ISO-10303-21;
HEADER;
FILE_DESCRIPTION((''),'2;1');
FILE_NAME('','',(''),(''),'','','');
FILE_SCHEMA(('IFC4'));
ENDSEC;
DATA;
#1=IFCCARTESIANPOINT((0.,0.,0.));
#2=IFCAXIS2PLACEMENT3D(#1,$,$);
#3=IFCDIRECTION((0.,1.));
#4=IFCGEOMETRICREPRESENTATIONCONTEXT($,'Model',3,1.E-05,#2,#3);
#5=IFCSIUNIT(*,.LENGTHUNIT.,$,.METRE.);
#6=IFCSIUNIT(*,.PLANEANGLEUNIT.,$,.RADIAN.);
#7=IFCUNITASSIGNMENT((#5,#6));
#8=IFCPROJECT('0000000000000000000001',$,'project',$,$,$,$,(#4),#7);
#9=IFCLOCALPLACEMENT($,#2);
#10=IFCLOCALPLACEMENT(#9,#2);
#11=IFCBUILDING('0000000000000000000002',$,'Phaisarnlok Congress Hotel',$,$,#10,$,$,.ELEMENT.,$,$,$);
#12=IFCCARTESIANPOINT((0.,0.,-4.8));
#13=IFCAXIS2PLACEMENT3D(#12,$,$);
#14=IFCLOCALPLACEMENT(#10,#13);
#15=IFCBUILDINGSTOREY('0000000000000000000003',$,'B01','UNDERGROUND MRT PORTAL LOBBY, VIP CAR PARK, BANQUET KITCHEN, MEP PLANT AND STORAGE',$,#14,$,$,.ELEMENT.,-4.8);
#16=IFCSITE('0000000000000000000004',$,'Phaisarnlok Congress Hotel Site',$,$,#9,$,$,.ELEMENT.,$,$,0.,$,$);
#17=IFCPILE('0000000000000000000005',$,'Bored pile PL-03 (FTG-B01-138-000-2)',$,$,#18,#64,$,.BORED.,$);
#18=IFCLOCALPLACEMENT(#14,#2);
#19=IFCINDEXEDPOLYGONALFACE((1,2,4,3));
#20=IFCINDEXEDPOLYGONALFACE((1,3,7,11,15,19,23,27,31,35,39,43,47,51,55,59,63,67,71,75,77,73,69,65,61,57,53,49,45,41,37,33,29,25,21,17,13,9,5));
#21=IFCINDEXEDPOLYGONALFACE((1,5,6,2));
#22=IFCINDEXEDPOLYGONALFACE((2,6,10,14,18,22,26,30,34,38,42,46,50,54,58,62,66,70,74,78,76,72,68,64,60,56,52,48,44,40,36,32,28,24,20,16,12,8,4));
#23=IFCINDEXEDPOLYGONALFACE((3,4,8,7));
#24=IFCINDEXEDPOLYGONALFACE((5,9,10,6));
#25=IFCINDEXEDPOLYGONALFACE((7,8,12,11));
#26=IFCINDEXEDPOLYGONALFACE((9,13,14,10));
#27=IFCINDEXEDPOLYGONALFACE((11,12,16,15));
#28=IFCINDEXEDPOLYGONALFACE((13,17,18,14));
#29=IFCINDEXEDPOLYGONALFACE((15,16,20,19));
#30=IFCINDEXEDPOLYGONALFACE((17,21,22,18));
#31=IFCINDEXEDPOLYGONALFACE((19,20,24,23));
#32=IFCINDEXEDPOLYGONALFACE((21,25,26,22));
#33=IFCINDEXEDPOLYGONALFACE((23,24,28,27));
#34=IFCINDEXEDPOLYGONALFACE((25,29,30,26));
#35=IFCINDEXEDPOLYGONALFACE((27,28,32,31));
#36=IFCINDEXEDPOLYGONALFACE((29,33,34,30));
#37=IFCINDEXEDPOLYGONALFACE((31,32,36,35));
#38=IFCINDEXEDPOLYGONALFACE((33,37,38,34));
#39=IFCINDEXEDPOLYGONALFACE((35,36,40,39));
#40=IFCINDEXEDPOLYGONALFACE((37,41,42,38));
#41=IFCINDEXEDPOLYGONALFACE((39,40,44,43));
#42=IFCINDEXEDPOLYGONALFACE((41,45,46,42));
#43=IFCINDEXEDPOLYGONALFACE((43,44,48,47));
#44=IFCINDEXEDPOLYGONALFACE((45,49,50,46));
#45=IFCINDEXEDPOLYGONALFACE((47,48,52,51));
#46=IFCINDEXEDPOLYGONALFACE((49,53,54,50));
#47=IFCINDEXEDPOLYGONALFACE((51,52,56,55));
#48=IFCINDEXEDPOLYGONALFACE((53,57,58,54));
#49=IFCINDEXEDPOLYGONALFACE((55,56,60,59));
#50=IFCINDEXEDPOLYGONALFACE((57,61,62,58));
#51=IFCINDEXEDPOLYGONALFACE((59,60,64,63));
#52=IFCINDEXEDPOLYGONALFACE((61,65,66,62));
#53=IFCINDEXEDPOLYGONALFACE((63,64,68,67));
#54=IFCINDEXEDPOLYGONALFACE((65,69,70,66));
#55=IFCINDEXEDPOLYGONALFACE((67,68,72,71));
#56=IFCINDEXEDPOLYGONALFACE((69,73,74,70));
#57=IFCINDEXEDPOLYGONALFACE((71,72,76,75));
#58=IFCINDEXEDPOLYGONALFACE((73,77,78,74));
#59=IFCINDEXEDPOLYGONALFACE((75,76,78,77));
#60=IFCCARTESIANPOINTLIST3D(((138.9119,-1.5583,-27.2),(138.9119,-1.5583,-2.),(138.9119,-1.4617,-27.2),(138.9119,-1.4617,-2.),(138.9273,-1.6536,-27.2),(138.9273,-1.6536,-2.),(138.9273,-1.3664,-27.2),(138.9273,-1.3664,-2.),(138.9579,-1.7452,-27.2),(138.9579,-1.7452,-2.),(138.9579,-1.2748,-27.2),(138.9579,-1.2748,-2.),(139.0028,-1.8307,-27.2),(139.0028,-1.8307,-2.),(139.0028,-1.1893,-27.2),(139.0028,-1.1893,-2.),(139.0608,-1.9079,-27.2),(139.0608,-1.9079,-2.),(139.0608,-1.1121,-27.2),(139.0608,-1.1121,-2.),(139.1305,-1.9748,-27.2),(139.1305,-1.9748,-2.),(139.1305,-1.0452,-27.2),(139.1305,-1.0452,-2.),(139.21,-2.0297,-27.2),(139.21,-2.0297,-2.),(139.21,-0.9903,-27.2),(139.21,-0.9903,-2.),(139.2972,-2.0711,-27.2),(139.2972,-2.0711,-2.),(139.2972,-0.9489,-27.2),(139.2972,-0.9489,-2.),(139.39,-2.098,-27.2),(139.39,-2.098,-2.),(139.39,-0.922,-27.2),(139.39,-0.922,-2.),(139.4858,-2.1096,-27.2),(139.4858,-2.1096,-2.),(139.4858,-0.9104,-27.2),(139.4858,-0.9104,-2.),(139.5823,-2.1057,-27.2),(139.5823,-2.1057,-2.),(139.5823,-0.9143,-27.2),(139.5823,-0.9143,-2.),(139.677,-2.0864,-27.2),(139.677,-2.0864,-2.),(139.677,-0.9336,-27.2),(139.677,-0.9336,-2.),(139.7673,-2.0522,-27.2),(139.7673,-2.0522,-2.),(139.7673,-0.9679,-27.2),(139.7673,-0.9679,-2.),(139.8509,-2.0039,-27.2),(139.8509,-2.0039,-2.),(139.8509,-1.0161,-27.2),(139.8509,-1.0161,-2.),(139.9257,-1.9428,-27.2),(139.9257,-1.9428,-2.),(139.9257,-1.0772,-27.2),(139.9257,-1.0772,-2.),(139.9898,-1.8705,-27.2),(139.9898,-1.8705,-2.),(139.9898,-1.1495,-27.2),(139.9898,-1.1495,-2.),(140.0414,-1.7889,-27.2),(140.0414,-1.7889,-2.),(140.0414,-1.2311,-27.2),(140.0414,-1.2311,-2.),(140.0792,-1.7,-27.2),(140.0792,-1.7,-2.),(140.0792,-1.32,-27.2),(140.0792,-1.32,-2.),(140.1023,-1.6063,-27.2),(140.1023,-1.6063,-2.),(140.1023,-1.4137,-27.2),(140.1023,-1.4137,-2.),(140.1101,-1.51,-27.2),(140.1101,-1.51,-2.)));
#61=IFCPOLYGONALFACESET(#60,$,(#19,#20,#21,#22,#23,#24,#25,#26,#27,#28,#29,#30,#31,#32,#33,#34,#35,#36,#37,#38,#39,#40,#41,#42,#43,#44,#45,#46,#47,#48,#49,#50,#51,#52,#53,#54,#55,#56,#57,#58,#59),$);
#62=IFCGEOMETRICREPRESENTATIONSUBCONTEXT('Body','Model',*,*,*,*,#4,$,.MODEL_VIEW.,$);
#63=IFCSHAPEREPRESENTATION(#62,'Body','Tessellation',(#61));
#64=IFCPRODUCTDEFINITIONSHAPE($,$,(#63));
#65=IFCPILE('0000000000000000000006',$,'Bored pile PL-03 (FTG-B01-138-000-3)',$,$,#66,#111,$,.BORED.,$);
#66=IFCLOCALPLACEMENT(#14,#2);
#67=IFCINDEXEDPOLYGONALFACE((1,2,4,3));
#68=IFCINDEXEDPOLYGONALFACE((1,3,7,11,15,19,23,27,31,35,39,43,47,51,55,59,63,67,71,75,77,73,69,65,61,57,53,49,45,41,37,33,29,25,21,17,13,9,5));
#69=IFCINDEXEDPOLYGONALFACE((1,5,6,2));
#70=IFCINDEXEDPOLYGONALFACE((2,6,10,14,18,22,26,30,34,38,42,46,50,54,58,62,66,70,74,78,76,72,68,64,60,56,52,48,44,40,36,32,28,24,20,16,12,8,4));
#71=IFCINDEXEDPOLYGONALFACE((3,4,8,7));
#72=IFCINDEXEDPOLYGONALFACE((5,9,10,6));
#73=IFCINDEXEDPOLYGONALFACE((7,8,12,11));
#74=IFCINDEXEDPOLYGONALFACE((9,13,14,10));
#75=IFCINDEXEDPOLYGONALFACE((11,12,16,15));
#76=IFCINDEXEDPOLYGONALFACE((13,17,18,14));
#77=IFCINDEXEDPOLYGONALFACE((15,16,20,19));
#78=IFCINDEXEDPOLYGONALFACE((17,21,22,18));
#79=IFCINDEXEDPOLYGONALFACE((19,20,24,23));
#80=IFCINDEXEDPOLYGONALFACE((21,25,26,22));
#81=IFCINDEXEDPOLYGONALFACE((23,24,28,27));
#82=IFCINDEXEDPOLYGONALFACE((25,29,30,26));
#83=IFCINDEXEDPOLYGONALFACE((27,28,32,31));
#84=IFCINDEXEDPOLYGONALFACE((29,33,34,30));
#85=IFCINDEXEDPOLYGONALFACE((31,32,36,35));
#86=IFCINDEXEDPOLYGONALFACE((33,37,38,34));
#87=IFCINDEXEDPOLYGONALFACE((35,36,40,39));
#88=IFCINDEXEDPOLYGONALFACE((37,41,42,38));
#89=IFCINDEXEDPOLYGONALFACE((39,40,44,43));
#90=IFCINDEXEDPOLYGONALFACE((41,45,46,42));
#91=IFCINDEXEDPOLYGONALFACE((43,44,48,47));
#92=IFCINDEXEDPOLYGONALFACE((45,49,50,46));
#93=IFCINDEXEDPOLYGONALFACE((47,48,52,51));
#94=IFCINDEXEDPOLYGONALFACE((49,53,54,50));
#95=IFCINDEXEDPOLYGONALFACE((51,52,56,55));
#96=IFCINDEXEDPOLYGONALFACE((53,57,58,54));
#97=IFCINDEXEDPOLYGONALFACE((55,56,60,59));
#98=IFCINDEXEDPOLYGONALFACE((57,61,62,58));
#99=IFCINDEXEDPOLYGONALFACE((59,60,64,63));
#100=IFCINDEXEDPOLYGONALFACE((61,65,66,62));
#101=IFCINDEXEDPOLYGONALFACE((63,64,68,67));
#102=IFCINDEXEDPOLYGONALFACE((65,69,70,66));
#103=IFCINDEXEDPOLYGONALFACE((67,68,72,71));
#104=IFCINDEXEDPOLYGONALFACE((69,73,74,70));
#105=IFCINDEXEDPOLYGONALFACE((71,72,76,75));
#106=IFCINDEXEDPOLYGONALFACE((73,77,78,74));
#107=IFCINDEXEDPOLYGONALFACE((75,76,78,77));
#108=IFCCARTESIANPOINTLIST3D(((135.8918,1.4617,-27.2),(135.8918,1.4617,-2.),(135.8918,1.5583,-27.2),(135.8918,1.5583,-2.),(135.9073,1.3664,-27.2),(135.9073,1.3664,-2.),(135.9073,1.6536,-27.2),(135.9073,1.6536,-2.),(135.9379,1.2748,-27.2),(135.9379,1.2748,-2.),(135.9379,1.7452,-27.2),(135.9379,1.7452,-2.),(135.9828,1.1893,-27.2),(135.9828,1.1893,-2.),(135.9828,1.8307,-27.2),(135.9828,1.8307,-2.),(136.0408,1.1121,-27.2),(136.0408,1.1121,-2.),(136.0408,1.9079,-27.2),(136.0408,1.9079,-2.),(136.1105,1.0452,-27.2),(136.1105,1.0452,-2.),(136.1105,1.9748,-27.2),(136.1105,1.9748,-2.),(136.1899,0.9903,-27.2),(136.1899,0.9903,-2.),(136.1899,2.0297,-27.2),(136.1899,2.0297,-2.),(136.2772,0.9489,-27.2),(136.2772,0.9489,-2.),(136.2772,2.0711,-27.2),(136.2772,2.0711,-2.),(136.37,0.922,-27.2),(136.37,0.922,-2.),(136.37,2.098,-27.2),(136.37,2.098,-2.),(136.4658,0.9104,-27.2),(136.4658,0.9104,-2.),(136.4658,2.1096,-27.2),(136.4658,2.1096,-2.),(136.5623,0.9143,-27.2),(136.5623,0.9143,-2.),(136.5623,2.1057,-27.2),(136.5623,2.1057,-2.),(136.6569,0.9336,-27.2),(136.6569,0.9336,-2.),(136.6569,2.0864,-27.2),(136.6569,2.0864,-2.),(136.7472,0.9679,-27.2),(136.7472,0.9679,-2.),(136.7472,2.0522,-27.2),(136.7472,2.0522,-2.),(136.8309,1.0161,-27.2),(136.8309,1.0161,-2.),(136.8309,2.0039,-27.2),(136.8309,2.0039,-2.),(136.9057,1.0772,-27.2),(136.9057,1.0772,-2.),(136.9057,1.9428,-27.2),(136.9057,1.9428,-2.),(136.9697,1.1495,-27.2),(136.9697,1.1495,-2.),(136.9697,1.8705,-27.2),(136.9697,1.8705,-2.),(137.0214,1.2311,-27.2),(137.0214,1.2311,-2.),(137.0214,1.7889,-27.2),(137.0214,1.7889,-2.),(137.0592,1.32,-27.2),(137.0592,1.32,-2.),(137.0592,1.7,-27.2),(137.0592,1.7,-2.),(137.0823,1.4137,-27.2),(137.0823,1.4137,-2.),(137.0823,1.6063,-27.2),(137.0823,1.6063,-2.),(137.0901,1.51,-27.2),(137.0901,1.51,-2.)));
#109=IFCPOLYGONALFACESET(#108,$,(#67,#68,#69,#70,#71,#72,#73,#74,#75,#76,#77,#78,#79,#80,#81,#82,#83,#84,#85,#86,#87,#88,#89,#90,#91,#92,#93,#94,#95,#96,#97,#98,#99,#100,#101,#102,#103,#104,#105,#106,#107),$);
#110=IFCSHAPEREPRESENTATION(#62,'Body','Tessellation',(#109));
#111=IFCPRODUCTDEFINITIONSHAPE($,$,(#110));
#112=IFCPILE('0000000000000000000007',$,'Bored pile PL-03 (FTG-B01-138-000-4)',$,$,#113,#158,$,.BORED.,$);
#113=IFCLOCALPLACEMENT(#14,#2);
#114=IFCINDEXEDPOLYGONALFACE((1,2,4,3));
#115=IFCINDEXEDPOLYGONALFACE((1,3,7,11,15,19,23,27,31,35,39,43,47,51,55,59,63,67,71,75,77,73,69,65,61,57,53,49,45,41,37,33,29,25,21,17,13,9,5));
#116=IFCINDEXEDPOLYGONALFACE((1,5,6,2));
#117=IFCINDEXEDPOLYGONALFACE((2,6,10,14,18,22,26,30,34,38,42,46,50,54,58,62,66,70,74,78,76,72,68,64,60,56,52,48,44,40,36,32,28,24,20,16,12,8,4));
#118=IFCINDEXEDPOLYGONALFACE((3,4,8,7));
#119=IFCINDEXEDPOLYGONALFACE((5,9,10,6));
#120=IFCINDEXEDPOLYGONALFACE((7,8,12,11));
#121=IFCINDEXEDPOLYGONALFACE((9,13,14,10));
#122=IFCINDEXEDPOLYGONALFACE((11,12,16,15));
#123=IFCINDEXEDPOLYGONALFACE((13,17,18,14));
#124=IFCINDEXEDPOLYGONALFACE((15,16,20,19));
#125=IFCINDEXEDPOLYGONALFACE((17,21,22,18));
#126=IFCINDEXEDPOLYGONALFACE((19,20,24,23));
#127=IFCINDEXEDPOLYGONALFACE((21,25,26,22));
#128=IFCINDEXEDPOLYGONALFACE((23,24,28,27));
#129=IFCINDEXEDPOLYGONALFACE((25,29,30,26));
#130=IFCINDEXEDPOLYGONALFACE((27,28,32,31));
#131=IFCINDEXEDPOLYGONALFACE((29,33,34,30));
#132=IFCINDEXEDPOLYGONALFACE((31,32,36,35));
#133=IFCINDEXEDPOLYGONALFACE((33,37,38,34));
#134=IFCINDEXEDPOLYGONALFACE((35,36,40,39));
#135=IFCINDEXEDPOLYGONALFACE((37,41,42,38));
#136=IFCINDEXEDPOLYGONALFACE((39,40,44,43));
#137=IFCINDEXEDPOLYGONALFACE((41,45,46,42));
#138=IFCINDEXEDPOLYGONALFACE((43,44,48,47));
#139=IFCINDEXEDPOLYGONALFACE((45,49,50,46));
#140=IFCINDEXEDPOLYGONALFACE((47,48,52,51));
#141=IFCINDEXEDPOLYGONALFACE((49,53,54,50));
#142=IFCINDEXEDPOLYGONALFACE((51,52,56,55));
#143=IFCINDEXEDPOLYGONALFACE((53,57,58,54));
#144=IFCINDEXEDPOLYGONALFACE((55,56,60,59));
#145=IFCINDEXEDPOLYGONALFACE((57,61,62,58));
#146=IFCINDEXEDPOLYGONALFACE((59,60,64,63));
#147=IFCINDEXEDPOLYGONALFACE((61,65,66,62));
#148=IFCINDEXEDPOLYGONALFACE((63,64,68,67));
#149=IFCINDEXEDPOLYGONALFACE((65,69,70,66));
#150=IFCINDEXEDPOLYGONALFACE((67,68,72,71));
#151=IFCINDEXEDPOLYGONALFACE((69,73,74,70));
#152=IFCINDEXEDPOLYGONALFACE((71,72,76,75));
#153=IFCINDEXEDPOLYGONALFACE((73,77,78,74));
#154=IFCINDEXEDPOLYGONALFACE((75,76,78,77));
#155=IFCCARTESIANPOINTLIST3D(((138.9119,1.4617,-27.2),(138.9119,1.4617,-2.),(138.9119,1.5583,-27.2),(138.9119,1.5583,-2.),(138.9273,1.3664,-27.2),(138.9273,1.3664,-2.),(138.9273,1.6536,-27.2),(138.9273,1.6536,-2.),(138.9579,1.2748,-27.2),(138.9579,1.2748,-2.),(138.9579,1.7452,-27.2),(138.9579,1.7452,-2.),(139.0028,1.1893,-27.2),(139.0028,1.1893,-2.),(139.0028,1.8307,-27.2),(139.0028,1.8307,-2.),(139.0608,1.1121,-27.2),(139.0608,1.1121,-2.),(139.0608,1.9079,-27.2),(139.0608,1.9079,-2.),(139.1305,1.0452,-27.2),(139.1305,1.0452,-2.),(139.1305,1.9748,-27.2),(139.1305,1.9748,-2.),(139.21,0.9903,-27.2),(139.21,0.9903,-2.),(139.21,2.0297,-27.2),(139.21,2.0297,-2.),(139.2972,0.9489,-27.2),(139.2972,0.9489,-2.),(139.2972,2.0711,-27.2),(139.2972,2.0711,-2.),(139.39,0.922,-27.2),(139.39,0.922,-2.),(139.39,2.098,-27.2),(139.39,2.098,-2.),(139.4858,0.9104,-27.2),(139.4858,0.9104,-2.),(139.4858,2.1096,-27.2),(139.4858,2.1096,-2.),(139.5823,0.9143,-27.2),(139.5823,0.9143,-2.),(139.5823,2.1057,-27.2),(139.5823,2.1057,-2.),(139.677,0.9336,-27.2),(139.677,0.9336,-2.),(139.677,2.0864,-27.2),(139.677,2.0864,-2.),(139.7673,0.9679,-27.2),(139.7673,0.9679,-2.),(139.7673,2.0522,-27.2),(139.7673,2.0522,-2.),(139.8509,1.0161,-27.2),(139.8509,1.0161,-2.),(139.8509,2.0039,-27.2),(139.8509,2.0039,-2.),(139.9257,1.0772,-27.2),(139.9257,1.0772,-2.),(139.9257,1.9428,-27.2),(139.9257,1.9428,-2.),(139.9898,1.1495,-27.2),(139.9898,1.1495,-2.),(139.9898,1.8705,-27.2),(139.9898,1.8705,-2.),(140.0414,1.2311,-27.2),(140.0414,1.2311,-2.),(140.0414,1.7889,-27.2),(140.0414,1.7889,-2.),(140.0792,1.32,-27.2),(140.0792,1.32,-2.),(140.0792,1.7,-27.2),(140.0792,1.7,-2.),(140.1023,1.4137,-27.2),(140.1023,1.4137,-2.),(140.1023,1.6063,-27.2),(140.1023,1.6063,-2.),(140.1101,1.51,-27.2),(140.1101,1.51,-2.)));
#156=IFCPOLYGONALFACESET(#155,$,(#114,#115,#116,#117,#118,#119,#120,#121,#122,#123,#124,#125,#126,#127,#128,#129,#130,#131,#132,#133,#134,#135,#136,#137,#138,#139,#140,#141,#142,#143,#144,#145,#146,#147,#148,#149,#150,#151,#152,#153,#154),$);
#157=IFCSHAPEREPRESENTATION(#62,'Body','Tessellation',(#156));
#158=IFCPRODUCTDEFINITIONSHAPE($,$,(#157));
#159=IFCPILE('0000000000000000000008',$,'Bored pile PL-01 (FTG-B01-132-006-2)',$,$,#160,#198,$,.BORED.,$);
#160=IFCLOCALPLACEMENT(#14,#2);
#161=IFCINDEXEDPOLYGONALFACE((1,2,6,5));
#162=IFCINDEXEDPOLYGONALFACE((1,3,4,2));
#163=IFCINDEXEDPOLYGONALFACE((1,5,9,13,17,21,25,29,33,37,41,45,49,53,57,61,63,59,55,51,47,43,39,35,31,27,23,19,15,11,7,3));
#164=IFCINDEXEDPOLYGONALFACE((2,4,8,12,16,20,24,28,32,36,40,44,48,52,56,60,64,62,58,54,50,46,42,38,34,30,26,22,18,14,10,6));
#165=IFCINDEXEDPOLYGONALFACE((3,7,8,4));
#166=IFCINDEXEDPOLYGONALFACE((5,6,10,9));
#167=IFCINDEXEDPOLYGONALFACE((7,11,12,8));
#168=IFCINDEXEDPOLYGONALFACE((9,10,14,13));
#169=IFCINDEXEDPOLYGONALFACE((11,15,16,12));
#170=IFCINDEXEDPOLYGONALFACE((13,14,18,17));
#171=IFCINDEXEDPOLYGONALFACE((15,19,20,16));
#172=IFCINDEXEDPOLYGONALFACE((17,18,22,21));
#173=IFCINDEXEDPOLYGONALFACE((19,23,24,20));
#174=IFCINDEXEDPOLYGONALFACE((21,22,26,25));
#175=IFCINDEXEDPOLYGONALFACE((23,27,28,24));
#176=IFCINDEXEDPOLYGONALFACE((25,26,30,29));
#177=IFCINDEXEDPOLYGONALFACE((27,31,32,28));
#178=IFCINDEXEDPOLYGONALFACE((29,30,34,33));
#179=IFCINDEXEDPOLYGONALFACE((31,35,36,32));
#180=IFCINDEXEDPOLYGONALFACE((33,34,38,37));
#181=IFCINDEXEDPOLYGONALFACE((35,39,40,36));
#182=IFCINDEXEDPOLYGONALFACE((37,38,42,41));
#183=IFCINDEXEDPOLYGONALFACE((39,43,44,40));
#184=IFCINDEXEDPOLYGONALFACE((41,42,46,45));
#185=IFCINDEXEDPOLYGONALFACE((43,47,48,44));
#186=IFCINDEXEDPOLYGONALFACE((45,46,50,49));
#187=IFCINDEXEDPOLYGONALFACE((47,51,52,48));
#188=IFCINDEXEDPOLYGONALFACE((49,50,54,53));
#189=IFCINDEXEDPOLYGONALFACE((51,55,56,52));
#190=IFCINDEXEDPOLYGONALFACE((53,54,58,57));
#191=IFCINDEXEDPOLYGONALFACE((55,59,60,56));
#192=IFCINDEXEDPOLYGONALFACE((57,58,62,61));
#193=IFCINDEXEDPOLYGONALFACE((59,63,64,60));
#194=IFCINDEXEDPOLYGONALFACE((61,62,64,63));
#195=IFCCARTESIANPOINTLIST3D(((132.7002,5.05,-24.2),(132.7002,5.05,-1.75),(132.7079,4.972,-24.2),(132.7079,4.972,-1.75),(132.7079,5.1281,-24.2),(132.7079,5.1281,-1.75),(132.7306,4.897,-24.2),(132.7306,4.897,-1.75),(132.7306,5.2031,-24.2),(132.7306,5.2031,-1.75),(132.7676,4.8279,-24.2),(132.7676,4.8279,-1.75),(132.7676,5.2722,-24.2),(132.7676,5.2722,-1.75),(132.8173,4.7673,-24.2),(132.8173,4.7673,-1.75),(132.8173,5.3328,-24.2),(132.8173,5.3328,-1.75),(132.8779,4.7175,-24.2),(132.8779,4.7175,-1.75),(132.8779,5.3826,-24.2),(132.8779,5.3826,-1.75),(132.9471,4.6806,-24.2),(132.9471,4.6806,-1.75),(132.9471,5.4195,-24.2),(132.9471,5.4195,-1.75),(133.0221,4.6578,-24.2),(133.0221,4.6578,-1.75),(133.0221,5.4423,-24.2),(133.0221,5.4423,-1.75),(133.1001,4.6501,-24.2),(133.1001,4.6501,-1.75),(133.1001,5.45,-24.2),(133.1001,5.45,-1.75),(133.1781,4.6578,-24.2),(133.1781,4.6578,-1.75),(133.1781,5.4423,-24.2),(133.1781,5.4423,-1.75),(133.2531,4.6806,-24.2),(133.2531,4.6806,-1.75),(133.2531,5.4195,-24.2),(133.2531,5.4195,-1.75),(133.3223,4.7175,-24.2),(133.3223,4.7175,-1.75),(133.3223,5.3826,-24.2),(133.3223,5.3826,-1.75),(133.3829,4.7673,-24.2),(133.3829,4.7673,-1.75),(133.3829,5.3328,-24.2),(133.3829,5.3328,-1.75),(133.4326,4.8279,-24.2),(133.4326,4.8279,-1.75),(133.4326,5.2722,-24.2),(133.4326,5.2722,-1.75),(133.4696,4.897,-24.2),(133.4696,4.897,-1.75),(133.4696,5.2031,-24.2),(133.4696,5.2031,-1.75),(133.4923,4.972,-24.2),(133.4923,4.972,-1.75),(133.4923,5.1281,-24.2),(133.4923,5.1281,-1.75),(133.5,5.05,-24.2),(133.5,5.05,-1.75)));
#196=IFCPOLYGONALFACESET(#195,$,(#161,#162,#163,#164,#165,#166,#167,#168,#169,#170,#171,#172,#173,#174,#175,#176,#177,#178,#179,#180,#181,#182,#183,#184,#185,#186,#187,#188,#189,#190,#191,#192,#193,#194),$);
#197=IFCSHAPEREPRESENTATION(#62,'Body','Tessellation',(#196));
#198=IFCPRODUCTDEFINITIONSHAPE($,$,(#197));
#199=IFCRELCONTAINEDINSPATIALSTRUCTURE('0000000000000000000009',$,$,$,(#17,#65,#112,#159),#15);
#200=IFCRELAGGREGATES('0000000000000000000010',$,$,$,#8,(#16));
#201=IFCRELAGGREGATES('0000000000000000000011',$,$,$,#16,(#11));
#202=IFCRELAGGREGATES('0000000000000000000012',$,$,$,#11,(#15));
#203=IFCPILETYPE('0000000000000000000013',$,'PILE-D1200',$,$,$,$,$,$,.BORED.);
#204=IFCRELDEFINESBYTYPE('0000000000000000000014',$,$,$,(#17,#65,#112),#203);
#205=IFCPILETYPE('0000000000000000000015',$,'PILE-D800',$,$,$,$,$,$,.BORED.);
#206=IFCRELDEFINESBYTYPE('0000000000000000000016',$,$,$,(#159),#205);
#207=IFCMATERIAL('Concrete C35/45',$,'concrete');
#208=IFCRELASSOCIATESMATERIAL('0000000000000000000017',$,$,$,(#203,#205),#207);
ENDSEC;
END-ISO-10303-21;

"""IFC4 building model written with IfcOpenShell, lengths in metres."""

from ifc_helpers import new_model, si_unit, direction, frame, origin, origin_2d, place, context, subcontext, project, spatial, circle, extrude, material, material_profile, profile_set, type_object, element, save


model = new_model("IFC4")

# Units and contexts
model_context = context("Model", 3, precision=1e-05, world=origin(), true_north=direction((0.0, 1.0)))
body_context = subcontext(model_context, "Body", "Model", "MODEL_VIEW")
ifc_project = project(units=[si_unit("LENGTHUNIT", "METRE"), si_unit("PLANEANGLEUNIT", "RADIAN")], contexts=[model_context])

# Site, building, storey
site_placement = place(None, origin())
site = spatial("IfcSite", under=ifc_project, at=site_placement, Name="Phaisarnlok Congress Hotel Site", CompositionType="ELEMENT", RefElevation=0.0)
building_placement = place(site_placement, origin())
building = spatial("IfcBuilding", under=site, at=building_placement, Name="Phaisarnlok Congress Hotel", CompositionType="ELEMENT")
storey_placement = place(building_placement, frame((0.0, 0.0, -4.8)))
storey = spatial("IfcBuildingStorey", under=building, at=storey_placement, Name="B01", Description="UNDERGROUND MRT PORTAL LOBBY, VIP CAR PARK, BANQUET KITCHEN, MEP PLANT AND STORAGE", CompositionType="ELEMENT", Elevation=-4.8)

# Piles
ifc_material_1 = material(Name="Concrete C35/45", Category="concrete")
ifc_material_profile_1 = material_profile(ifc_material_1, circle(Radius=0.6001, at=origin_2d()), Name="BORED PILE D1200")
ifc_profile_set_1 = profile_set([ifc_material_profile_1], Name="Concrete C35/45")
pile_type_1 = type_object("IfcPileType", Name="PILE-D1200", PredefinedType="BORED", material=ifc_profile_set_1)
for number, where, z_axis, x_axis, name in (
    (1, (139.51, -1.51, -2.0), (0.0, 0.0, -1.0), (1.0, 0.0, 0.0), "Bored pile PL-03 (FTG-B01-138-000-2)"),
    (2, (136.49, 1.51, -2.0), (0.0, 0.0, -1.0), (1.0, 0.0, 0.0), "Bored pile PL-03 (FTG-B01-138-000-3)"),
    (3, (139.51, 1.51, -2.0), (0.0, 0.0, -1.0), (1.0, 0.0, 0.0), "Bored pile PL-03 (FTG-B01-138-000-4)"),
):
    element("IfcPile", number, at=place(storey_placement, frame(where, z_axis=z_axis, x_axis=x_axis)), inside=storey, type_object=pile_type_1, Name=name, PredefinedType="BORED", context=body_context, shape_type="SweptSolid", body=[
        extrude(circle(Radius=0.6001, at=origin_2d()), origin(), (0.0, 0.0, 1.0), 25.2),
    ])
ifc_material_profile_2 = material_profile(ifc_material_1, circle(Radius=0.3999, at=origin_2d()), Name="BORED PILE D800")
ifc_profile_set_2 = profile_set([ifc_material_profile_2], Name="Concrete C35/45")
pile_type_2 = type_object("IfcPileType", Name="PILE-D800", PredefinedType="BORED", material=ifc_profile_set_2)
pile_1_placement = place(storey_placement, frame((133.1001, 5.05, -1.75), z_axis=(0.0, 0.0, -1.0), x_axis=(1.0, 0.0, 0.0)))
element("IfcPile", 4, at=pile_1_placement, inside=storey, type_object=pile_type_2, Name="Bored pile PL-01 (FTG-B01-132-006-2)", PredefinedType="BORED", context=body_context, shape_type="SweptSolid", body=[
    extrude(circle(Radius=0.3999, at=origin_2d()), origin(), (0.0, 0.0, 1.0), 22.45),
])

save(model, "model.ifc")
